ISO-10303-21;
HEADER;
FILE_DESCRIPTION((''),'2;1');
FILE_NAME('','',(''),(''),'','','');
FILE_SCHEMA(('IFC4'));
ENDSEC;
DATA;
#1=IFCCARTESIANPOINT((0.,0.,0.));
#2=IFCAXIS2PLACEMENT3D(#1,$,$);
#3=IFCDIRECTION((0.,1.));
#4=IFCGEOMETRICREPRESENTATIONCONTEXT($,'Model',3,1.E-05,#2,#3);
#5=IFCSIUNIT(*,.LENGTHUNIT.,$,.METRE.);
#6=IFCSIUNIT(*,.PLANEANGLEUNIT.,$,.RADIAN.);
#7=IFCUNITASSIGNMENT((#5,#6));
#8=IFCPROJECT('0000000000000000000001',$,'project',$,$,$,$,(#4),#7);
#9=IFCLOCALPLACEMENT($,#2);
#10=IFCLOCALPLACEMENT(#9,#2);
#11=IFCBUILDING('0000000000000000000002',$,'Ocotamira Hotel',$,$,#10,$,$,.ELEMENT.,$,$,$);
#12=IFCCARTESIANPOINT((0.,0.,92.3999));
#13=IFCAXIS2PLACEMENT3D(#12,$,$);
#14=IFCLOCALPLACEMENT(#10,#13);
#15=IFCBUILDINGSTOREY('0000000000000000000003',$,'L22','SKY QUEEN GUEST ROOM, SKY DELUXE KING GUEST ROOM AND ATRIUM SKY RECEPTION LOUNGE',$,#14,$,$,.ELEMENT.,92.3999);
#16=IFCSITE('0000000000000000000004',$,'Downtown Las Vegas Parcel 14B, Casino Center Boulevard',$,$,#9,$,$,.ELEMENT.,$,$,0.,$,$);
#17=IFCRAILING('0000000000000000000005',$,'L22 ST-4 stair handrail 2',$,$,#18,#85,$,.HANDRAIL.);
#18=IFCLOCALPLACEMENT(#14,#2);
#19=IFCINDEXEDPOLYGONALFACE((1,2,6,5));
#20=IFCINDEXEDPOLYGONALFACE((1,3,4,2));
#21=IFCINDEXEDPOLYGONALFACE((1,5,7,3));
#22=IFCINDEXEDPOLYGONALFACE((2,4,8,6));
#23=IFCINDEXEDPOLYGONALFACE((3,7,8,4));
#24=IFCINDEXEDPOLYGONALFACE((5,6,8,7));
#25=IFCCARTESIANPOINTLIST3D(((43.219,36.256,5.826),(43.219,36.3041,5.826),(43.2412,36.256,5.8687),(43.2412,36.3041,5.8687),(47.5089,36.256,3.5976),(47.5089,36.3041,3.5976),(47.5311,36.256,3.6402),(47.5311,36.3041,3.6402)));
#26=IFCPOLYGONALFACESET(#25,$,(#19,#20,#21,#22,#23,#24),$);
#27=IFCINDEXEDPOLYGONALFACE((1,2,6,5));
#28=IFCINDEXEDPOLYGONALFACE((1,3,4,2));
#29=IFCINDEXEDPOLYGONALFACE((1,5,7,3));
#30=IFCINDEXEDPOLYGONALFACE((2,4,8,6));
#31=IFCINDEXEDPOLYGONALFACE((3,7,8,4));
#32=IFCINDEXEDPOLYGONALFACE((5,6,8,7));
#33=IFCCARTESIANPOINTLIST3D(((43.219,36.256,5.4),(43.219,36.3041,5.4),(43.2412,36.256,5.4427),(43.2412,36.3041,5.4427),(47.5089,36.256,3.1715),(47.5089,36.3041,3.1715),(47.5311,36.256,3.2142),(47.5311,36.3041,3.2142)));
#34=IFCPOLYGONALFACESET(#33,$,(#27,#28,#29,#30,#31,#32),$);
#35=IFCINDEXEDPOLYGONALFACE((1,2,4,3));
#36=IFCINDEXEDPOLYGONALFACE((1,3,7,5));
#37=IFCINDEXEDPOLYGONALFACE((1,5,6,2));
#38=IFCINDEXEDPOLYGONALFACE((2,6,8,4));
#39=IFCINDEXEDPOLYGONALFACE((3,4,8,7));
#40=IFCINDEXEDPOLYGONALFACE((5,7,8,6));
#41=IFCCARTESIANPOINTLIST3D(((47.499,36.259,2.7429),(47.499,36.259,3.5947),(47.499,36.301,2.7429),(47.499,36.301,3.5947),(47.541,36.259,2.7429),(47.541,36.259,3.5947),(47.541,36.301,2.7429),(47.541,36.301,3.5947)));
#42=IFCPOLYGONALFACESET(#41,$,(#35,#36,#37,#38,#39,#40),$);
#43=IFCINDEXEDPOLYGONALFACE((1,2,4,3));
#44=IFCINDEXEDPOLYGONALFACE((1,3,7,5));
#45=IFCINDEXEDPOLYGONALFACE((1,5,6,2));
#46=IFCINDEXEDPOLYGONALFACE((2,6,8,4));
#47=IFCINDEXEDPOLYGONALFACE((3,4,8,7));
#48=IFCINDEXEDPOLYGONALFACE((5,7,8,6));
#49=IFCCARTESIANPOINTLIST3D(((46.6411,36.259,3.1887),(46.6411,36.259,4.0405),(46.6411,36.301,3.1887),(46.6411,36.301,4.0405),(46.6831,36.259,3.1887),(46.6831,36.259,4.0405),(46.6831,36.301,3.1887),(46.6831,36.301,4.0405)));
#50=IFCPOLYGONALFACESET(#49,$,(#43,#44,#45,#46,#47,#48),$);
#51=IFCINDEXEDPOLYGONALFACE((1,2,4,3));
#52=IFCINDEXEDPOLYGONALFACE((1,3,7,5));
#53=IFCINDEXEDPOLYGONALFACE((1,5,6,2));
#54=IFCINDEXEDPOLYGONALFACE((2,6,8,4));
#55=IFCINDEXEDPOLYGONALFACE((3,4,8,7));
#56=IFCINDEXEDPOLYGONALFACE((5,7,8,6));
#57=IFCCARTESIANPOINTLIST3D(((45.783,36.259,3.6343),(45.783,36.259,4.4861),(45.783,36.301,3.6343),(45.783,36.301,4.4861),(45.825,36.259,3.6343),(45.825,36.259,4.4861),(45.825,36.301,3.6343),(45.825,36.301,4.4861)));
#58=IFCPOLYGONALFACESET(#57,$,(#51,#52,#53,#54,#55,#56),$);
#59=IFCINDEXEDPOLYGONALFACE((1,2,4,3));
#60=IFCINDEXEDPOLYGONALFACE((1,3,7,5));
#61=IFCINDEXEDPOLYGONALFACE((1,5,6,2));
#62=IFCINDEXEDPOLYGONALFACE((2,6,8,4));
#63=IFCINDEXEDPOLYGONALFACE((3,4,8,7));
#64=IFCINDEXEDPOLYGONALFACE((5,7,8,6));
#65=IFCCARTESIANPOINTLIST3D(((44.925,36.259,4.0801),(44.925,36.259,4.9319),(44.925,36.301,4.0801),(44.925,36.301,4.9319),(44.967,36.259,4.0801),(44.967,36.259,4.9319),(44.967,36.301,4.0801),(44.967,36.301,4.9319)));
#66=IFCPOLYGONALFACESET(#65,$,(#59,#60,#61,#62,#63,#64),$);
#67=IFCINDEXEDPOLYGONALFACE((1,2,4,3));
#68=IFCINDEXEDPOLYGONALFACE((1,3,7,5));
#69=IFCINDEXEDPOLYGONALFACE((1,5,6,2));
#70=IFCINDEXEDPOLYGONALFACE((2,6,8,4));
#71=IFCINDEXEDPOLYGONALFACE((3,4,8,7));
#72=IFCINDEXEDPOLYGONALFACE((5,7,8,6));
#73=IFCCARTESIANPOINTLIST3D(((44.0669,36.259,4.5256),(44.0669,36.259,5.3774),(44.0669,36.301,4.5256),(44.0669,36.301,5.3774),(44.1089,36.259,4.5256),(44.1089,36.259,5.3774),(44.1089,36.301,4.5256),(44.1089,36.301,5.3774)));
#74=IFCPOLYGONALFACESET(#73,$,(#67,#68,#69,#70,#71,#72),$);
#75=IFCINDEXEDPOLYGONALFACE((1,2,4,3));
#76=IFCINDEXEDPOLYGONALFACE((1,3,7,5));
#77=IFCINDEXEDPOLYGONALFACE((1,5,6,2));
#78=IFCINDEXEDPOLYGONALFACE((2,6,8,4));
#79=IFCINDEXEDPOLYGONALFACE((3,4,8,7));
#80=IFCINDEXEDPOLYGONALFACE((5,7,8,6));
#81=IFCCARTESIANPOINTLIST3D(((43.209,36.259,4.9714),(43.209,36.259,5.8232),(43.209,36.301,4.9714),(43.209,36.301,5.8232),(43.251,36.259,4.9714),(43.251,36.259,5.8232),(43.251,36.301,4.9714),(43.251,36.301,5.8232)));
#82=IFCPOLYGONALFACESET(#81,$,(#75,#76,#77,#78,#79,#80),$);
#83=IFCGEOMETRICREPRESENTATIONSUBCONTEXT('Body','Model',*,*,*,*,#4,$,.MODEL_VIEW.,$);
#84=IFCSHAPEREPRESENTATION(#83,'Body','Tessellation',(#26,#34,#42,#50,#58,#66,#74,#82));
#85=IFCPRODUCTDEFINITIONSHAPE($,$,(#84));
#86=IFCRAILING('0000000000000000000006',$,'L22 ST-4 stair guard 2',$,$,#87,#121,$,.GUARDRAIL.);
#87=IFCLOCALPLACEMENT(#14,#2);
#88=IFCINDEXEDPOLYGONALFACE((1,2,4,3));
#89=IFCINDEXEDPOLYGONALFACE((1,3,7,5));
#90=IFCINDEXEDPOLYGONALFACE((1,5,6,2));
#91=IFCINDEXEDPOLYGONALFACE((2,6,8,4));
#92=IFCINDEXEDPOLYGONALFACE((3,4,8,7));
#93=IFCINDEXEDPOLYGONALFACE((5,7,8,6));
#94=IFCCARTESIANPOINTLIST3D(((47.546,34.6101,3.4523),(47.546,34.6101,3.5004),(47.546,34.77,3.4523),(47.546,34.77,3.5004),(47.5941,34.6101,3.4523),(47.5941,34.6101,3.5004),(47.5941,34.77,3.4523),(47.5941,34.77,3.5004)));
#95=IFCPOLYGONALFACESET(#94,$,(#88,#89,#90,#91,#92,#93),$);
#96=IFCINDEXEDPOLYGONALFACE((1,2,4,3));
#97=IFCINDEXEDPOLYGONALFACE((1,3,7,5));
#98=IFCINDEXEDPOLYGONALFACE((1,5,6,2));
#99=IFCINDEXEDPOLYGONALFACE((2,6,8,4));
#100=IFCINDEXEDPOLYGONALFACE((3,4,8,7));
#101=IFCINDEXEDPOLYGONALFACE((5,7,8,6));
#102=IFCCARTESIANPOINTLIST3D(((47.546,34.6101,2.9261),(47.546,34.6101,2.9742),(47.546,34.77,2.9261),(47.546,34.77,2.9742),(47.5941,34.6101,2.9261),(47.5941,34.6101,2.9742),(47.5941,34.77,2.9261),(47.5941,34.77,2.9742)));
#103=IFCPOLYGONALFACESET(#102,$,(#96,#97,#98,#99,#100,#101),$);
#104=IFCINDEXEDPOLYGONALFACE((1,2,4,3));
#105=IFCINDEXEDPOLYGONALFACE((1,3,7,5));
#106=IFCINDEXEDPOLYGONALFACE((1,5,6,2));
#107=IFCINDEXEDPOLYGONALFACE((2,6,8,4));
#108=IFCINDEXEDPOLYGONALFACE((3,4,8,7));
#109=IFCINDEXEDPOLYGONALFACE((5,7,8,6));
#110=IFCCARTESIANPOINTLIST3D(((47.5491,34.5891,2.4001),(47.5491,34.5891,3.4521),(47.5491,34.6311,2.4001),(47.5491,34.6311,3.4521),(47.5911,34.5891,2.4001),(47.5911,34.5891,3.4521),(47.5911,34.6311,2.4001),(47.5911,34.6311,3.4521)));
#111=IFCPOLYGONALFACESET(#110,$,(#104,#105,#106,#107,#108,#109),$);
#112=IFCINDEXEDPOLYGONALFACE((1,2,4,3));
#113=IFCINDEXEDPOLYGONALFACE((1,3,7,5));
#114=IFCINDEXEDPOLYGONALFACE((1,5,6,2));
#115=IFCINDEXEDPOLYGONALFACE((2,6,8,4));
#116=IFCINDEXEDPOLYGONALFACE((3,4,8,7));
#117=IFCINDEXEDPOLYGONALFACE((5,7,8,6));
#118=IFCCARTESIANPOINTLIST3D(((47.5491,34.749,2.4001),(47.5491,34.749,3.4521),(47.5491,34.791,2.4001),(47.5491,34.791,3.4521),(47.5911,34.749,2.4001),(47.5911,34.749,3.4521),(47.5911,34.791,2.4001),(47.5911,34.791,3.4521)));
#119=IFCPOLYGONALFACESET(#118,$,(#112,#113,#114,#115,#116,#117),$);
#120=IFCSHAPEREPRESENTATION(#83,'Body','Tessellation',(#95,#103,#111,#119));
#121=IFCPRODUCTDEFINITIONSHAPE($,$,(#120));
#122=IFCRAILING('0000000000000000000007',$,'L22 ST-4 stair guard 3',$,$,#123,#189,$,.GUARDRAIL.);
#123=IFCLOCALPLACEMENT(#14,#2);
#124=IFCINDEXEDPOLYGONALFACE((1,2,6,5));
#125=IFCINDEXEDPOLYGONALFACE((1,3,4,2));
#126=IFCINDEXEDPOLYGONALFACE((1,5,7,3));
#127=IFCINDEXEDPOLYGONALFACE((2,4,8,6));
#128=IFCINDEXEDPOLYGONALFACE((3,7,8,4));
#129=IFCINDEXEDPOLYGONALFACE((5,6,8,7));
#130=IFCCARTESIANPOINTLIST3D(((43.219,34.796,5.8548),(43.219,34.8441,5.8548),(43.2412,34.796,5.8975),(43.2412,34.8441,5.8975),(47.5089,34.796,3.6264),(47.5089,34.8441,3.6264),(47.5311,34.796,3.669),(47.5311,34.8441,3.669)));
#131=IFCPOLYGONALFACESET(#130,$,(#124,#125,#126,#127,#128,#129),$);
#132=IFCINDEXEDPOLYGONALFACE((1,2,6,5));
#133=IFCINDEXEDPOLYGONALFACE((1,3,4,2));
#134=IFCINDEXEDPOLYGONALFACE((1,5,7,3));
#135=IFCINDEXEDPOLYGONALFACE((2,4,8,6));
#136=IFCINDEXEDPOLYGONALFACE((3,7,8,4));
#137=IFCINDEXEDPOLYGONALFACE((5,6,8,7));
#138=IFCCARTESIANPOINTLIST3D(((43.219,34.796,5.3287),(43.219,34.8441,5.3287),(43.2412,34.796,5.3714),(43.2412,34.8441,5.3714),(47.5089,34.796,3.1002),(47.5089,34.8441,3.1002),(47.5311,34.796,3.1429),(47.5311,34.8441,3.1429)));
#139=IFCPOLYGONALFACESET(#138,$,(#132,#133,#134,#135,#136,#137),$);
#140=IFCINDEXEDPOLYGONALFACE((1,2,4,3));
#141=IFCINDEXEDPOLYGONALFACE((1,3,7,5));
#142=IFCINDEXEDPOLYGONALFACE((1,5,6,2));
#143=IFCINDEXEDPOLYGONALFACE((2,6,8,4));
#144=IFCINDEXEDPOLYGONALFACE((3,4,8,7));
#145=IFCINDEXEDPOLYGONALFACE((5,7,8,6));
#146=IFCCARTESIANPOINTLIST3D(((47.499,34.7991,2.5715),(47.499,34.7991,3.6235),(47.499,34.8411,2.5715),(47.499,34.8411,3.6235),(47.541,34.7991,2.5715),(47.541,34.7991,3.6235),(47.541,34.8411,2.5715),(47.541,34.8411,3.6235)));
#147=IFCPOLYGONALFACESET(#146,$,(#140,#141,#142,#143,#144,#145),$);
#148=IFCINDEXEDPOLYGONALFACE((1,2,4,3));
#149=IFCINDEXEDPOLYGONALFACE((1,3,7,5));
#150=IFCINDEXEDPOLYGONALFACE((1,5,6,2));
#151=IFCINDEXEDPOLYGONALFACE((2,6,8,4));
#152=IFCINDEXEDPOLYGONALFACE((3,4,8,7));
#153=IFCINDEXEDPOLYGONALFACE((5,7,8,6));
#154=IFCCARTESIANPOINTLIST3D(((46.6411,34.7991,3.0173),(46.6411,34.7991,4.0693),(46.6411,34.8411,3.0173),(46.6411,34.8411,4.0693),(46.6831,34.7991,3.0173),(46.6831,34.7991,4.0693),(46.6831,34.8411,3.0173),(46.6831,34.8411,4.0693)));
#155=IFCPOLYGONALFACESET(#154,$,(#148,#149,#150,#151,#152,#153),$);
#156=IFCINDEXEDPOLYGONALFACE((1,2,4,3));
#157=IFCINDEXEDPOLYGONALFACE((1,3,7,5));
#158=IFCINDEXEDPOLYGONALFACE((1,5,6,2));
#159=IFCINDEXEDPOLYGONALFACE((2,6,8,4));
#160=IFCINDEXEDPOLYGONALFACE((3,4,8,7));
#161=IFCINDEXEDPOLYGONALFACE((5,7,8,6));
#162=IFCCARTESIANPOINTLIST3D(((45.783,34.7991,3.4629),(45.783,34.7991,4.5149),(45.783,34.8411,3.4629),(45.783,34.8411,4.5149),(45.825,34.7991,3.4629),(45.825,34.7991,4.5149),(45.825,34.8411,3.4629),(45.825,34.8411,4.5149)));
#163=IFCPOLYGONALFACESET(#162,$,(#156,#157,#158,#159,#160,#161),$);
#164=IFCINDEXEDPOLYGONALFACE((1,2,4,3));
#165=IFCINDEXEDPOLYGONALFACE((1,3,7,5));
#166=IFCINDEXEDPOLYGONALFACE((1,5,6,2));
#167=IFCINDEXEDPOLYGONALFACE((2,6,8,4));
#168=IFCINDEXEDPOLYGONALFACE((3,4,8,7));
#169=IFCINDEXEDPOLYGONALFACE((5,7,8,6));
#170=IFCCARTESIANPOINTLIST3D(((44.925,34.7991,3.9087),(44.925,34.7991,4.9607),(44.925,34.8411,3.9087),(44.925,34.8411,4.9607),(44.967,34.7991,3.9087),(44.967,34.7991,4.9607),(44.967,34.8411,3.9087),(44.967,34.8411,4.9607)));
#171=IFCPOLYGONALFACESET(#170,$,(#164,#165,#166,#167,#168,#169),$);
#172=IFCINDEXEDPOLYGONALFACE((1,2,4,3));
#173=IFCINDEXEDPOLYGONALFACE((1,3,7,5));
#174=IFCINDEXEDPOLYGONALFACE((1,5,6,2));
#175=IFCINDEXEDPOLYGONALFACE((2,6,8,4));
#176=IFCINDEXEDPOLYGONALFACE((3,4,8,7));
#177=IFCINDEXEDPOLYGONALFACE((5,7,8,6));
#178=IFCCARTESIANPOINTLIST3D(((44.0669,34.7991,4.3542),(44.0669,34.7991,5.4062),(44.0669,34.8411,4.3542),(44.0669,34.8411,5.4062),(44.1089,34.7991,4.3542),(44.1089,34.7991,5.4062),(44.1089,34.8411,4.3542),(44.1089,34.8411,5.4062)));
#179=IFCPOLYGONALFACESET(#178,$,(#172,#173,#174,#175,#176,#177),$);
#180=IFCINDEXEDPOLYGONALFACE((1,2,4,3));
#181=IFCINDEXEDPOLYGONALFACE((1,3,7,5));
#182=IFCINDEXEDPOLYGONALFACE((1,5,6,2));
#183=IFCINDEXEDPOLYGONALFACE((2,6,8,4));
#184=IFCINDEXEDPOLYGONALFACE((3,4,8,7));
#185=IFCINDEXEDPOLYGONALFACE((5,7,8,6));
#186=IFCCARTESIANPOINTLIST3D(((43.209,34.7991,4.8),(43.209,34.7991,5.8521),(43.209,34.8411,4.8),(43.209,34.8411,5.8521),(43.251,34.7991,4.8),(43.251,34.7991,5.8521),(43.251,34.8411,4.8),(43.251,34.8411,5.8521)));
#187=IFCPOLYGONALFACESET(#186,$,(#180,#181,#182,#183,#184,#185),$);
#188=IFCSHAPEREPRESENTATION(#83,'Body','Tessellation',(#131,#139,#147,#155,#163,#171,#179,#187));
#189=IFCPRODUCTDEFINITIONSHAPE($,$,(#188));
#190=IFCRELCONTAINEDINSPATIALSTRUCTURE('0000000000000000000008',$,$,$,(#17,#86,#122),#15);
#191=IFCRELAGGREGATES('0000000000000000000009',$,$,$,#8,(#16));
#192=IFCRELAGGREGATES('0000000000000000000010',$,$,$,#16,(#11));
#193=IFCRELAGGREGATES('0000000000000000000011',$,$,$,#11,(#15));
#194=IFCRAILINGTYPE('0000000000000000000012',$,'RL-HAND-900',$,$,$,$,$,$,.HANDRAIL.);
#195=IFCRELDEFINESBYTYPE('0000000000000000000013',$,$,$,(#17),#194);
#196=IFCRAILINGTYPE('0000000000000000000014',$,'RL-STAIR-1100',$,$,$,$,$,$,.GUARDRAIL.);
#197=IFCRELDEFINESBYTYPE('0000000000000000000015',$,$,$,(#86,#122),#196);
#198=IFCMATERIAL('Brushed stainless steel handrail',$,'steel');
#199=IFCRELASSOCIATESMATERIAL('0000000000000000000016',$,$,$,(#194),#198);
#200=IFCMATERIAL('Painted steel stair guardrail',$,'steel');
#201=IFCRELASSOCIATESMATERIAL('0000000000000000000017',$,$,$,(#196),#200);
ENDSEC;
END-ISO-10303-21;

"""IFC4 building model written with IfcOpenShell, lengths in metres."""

from ifc_helpers import new_model, si_unit, direction, frame, origin, origin_2d, place, context, subcontext, project, spatial, rectangle, extrude, material, type_object, element, save


model = new_model("IFC4")

# Units and contexts
model_context = context("Model", 3, precision=1e-05, world=origin(), true_north=direction((0.0, 1.0)))
body_context = subcontext(model_context, "Body", "Model", "MODEL_VIEW")
ifc_project = project(units=[si_unit("LENGTHUNIT", "METRE"), si_unit("PLANEANGLEUNIT", "RADIAN")], contexts=[model_context])

# Site, building, storey
site_placement = place(None, origin())
site = spatial("IfcSite", under=ifc_project, at=site_placement, Name="Downtown Las Vegas Parcel 14B, Casino Center Boulevard", CompositionType="ELEMENT", RefElevation=0.0)
building_placement = place(site_placement, origin())
building = spatial("IfcBuilding", under=site, at=building_placement, Name="Ocotamira Hotel", CompositionType="ELEMENT")
storey_placement = place(building_placement, frame((0.0, 0.0, 92.3999)))
storey = spatial("IfcBuildingStorey", under=building, at=storey_placement, Name="L22", Description="SKY QUEEN GUEST ROOM, SKY DELUXE KING GUEST ROOM AND ATRIUM SKY RECEPTION LOUNGE", CompositionType="ELEMENT", Elevation=92.3999)

# Railings
ifc_material_1 = material(Name="Brushed stainless steel handrail", Category="steel")
railing_type_1 = type_object("IfcRailingType", Name="RL-HAND-900", PredefinedType="HANDRAIL", material=ifc_material_1)
railing_1_placement = place(storey_placement, frame((47.52, 36.28, 2.7429)))
element("IfcRailing", 1, at=railing_1_placement, inside=storey, type_object=railing_type_1, Name="L22 ST-4 stair handrail 2", PredefinedType="HANDRAIL", context=body_context, shape_type="SweptSolid", body=[
    extrude(rectangle(XDim=0.0481, YDim=0.0481, at=origin_2d()), frame((0.0, 0.0, 0.876), z_axis=(-0.887412, 0.0, 0.460977), x_axis=(0.0, -1.0, 0.0)), (0.0, 0.0, 1.0), 4.8342),
    extrude(rectangle(XDim=0.0481, YDim=0.0481, at=origin_2d()), frame((0.0, 0.0, 0.45), z_axis=(-0.887412, 0.0, 0.460977), x_axis=(0.0, -1.0, 0.0)), (0.0, 0.0, 1.0), 4.8342),
    extrude(rectangle(XDim=0.042, YDim=0.042, at=origin_2d()), origin(), (0.0, 0.0, 1.0), 0.8518),
    extrude(rectangle(XDim=0.042, YDim=0.042, at=origin_2d()), frame((-0.8579, 0.0, 0.4458)), (0.0, 0.0, 1.0), 0.8518),
    extrude(rectangle(XDim=0.042, YDim=0.042, at=origin_2d()), frame((-1.7161, 0.0, 0.8914)), (0.0, 0.0, 1.0), 0.8518),
    extrude(rectangle(XDim=0.042, YDim=0.042, at=origin_2d()), frame((-2.574, 0.0, 1.3372)), (0.0, 0.0, 1.0), 0.8518),
    extrude(rectangle(XDim=0.042, YDim=0.042, at=origin_2d()), frame((-3.4321, 0.0, 1.7827)), (0.0, 0.0, 1.0), 0.8518),
    extrude(rectangle(XDim=0.042, YDim=0.042, at=origin_2d()), frame((-4.29, 0.0, 2.2285)), (0.0, 0.0, 1.0), 0.8518),
])
ifc_material_2 = material(Name="Painted steel stair guardrail", Category="steel")
railing_type_2 = type_object("IfcRailingType", Name="RL-STAIR-1100", PredefinedType="GUARDRAIL", material=ifc_material_2)
railing_2_placement = place(storey_placement, frame((47.5701, 34.6101, 2.4001)))
element("IfcRailing", 2, at=railing_2_placement, inside=storey, type_object=railing_type_2, Name="L22 ST-4 stair guard 2", PredefinedType="GUARDRAIL", context=body_context, shape_type="SweptSolid", body=[
    extrude(rectangle(XDim=0.0481, YDim=0.0481, at=origin_2d()), frame((0.0, 0.0, 1.0762), z_axis=(0.0, 1.0, 0.0), x_axis=(-1.0, 0.0, 0.0)), (0.0, 0.0, 1.0), 0.1599),
    extrude(rectangle(XDim=0.0481, YDim=0.0481, at=origin_2d()), frame((0.0, 0.0, 0.55), z_axis=(0.0, 1.0, 0.0), x_axis=(-1.0, 0.0, 0.0)), (0.0, 0.0, 1.0), 0.1599),
    extrude(rectangle(XDim=0.042, YDim=0.042, at=origin_2d()), origin(), (0.0, 0.0, 1.0), 1.052),
    extrude(rectangle(XDim=0.042, YDim=0.042, at=origin_2d()), frame((0.0, 0.1599, 0.0)), (0.0, 0.0, 1.0), 1.052),
])
railing_3_placement = place(storey_placement, frame((47.52, 34.8201, 2.5715)))
element("IfcRailing", 3, at=railing_3_placement, inside=storey, type_object=railing_type_2, Name="L22 ST-4 stair guard 3", PredefinedType="GUARDRAIL", context=body_context, shape_type="SweptSolid", body=[
    extrude(rectangle(XDim=0.0481, YDim=0.0481, at=origin_2d()), frame((0.0, 0.0, 1.0762), z_axis=(-0.887412, 0.0, 0.460977), x_axis=(0.0, -1.0, 0.0)), (0.0, 0.0, 1.0), 4.8342),
    extrude(rectangle(XDim=0.0481, YDim=0.0481, at=origin_2d()), frame((0.0, 0.0, 0.55), z_axis=(-0.887412, 0.0, 0.460977), x_axis=(0.0, -1.0, 0.0)), (0.0, 0.0, 1.0), 4.8342),
    extrude(rectangle(XDim=0.042, YDim=0.042, at=origin_2d()), origin(), (0.0, 0.0, 1.0), 1.052),
    extrude(rectangle(XDim=0.042, YDim=0.042, at=origin_2d()), frame((-0.8579, 0.0, 0.4458)), (0.0, 0.0, 1.0), 1.052),
    extrude(rectangle(XDim=0.042, YDim=0.042, at=origin_2d()), frame((-1.7161, 0.0, 0.8914)), (0.0, 0.0, 1.0), 1.052),
    extrude(rectangle(XDim=0.042, YDim=0.042, at=origin_2d()), frame((-2.574, 0.0, 1.3372)), (0.0, 0.0, 1.0), 1.052),
    extrude(rectangle(XDim=0.042, YDim=0.042, at=origin_2d()), frame((-3.4321, 0.0, 1.7827)), (0.0, 0.0, 1.0), 1.052),
    extrude(rectangle(XDim=0.042, YDim=0.042, at=origin_2d()), frame((-4.29, 0.0, 2.2285)), (0.0, 0.0, 1.0), 1.052),
])

save(model, "model.ifc")
